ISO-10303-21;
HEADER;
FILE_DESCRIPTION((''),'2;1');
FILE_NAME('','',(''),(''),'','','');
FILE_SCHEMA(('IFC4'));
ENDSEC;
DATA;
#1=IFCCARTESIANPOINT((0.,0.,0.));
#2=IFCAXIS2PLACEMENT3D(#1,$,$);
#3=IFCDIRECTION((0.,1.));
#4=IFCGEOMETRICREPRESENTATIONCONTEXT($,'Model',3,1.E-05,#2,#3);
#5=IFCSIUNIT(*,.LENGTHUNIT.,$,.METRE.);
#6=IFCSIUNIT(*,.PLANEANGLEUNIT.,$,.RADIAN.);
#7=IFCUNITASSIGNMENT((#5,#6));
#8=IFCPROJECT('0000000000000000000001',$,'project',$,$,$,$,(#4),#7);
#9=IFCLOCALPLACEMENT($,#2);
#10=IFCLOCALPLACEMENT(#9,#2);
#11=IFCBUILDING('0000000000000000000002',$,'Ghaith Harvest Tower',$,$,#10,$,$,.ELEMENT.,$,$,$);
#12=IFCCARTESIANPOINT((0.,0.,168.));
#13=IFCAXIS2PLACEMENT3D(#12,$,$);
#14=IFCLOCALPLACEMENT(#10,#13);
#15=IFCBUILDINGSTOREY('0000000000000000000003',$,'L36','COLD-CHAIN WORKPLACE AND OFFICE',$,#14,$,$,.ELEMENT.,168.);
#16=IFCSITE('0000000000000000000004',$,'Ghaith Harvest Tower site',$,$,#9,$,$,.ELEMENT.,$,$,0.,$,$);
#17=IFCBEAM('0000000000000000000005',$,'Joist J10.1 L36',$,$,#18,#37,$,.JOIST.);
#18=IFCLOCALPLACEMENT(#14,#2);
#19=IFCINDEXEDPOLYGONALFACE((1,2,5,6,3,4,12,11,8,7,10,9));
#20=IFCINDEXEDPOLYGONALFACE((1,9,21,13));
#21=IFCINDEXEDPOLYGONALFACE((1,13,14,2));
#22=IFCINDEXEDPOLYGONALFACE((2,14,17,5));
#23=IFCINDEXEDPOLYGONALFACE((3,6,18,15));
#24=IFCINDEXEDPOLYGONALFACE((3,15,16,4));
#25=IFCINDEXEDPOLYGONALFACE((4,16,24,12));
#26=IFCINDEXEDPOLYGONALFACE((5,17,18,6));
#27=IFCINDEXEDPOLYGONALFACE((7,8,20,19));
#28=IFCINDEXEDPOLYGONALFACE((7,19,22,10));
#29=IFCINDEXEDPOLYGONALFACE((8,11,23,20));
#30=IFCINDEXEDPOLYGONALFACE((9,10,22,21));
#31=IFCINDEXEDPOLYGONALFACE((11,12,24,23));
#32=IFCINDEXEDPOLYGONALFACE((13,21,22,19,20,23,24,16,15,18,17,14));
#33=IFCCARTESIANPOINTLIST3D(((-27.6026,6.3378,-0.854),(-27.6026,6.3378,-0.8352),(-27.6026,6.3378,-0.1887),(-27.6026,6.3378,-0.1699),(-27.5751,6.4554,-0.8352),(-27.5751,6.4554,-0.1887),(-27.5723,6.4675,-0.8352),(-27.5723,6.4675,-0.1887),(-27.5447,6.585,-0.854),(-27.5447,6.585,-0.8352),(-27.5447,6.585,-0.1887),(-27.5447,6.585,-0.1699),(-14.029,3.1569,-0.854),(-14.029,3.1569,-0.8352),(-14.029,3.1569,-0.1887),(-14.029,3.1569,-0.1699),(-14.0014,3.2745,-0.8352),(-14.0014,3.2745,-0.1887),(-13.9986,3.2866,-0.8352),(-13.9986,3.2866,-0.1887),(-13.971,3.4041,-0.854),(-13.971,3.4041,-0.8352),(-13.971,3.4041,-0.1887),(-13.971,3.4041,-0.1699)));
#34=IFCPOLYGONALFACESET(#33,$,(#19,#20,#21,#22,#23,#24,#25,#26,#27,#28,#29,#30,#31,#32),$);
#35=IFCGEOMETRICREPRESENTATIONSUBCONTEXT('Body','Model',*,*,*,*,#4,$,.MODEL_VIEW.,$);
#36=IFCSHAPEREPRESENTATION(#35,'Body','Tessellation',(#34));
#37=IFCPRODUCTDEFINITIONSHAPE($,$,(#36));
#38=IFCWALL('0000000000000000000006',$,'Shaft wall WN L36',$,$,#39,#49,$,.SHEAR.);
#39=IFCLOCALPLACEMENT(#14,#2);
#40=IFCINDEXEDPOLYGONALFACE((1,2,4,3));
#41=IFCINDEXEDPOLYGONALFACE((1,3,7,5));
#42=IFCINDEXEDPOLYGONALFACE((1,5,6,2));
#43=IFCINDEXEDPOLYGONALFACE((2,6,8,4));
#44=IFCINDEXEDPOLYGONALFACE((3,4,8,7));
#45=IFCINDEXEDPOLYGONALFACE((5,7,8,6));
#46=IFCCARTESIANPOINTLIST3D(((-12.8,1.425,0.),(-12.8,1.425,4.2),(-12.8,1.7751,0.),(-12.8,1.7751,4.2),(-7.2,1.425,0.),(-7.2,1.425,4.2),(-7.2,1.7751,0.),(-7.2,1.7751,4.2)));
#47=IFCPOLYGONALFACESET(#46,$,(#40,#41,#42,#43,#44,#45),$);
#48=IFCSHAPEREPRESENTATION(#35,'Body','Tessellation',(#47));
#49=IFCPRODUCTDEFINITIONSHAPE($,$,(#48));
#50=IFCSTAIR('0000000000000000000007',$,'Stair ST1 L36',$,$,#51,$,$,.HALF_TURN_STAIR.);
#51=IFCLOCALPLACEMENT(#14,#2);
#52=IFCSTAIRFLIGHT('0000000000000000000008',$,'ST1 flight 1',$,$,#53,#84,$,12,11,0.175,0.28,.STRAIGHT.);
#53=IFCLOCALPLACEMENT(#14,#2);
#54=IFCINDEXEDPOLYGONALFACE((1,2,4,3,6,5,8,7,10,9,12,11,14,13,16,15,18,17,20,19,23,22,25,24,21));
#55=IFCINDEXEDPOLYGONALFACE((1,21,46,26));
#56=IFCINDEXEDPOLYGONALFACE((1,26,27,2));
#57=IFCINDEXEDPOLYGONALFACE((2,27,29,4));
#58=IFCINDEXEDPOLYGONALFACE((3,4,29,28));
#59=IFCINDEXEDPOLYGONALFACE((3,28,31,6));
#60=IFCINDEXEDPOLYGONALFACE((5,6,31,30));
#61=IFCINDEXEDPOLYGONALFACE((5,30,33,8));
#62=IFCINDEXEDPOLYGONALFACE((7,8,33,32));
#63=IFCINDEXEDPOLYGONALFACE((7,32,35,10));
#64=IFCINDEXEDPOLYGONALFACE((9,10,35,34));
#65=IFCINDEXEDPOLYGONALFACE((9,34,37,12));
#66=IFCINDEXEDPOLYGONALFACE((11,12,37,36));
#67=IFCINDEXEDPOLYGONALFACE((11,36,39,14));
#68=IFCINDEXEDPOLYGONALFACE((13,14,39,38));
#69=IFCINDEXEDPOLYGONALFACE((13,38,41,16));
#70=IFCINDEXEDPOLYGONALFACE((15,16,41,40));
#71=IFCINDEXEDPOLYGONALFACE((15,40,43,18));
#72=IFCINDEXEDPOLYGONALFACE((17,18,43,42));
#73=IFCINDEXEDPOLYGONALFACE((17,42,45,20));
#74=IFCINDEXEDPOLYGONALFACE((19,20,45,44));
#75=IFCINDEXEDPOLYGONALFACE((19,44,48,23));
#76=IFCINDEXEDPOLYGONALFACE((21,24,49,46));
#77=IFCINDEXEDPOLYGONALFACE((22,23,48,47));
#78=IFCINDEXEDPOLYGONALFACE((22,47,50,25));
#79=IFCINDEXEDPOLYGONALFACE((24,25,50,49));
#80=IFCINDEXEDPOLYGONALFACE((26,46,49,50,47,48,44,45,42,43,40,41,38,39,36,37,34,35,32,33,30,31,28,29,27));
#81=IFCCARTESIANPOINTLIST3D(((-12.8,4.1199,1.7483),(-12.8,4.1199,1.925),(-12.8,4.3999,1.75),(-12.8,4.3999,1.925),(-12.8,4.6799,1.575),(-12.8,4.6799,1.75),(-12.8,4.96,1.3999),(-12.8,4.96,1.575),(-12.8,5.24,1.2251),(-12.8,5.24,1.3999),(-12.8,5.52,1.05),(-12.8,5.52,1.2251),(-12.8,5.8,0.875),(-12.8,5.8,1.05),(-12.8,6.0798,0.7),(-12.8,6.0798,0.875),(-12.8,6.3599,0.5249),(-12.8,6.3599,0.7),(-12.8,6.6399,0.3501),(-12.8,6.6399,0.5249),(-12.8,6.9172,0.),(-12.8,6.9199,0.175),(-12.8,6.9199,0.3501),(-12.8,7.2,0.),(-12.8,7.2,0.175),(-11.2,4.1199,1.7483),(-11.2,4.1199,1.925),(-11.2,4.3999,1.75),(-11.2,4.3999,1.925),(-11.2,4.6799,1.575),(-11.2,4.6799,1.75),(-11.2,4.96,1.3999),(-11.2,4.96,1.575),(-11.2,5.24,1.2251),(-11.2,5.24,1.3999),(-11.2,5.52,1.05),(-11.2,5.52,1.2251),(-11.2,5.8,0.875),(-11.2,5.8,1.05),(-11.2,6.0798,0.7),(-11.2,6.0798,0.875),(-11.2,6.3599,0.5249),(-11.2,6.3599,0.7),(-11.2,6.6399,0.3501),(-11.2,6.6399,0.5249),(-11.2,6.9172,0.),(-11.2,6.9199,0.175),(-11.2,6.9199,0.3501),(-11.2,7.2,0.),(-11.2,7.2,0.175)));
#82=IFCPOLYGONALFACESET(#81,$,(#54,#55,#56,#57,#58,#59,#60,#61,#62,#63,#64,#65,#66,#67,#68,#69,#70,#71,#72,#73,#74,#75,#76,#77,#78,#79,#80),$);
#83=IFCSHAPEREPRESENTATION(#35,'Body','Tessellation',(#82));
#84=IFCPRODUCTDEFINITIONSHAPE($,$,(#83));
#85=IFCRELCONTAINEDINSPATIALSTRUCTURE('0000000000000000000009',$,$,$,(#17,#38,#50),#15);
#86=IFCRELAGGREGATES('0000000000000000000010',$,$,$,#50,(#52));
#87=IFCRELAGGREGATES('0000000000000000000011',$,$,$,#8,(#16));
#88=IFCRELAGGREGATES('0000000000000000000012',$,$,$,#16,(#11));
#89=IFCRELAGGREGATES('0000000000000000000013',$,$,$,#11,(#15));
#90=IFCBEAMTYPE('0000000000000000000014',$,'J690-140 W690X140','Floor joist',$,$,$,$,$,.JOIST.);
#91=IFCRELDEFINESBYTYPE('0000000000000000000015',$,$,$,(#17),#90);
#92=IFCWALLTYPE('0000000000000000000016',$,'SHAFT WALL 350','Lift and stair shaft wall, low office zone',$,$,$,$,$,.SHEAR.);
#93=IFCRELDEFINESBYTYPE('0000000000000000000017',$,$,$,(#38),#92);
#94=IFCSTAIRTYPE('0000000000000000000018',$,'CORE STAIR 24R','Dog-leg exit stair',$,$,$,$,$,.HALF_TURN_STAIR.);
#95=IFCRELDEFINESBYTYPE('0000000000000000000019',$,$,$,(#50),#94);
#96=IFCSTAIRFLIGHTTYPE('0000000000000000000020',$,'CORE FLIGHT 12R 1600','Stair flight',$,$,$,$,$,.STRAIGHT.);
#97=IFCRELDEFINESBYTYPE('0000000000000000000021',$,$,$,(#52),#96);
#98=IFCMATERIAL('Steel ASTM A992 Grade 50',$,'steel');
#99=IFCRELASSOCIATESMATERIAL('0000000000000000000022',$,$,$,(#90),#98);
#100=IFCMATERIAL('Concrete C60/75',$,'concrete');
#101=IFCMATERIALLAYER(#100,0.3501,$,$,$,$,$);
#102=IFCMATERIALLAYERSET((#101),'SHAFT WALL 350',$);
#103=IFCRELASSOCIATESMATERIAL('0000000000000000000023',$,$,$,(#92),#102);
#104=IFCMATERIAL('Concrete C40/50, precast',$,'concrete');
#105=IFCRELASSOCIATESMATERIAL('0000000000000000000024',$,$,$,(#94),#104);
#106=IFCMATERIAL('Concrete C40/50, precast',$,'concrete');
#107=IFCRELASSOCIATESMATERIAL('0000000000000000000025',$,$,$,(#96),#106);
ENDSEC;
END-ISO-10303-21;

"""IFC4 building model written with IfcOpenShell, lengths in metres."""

from ifc_helpers import new_model, si_unit, direction, frame, frame_2d, origin, origin_2d, place, context, subcontext, project, spatial, polyline, rectangle, i_section, outline, extrude, material, layer, layer_set, material_profile, profile_set, type_object, element, aggregate, save


model = new_model("IFC4")

# Units and contexts
model_context = context("Model", 3, precision=1e-05, world=origin(), true_north=direction((0.0, 1.0)))
body_context = subcontext(model_context, "Body", "Model", "MODEL_VIEW")
ifc_project = project(units=[si_unit("LENGTHUNIT", "METRE"), si_unit("PLANEANGLEUNIT", "RADIAN")], contexts=[model_context])

# Site, building, storey
site_placement = place(None, origin())
site = spatial("IfcSite", under=ifc_project, at=site_placement, Name="Ghaith Harvest Tower site", CompositionType="ELEMENT", RefElevation=0.0)
building_placement = place(site_placement, origin())
building = spatial("IfcBuilding", under=site, at=building_placement, Name="Ghaith Harvest Tower", CompositionType="ELEMENT")
storey_placement = place(building_placement, frame((0.0, 0.0, 168.0)))
storey = spatial("IfcBuildingStorey", under=building, at=storey_placement, Name="L36", Description="COLD-CHAIN WORKPLACE AND OFFICE", CompositionType="ELEMENT", Elevation=168.0)

# Beam
ifc_material_1 = material(Name="Steel ASTM A992 Grade 50", Category="steel")
ifc_material_profile_1 = material_profile(ifc_material_1, i_section(OverallWidth=0.2539, OverallDepth=0.6841, WebThickness=0.0125, FlangeThickness=0.0188, at=origin_2d()), Name="W690X140")
ifc_profile_set_1 = profile_set([ifc_material_profile_1], Name="Steel ASTM A992 Grade 50")
beam_type_1 = type_object("IfcBeamType", Name="J690-140 W690X140", Description="Floor joist", PredefinedType="JOIST", material=ifc_profile_set_1)
beam_1_placement = place(storey_placement, frame((-14.0, 3.2805, -0.512), z_axis=(-0.973623, 0.228162, 0.0), x_axis=(-0.228162, -0.973623, 0.0)))
element("IfcBeam", 1, at=beam_1_placement, inside=storey, type_object=beam_type_1, Name="Joist J10.1 L36", PredefinedType="JOIST", context=body_context, shape_type="SweptSolid", body=[
    extrude(i_section(OverallWidth=0.2539, OverallDepth=0.6841, WebThickness=0.0125, FlangeThickness=0.0188, at=origin_2d()), origin(), (0.0, 0.0, 1.0), 13.9414),
])

# Wall
ifc_material_2 = material(Name="Concrete C60/75", Category="concrete")
ifc_layer_1 = layer(ifc_material_2, 0.3501)
ifc_layer_set_1 = layer_set([ifc_layer_1], Name="SHAFT WALL 350")
wall_type_1 = type_object("IfcWallType", Name="SHAFT WALL 350", Description="Lift and stair shaft wall, low office zone", PredefinedType="SHEAR", material=ifc_layer_set_1)
wall_1_placement = place(storey_placement, frame((-12.8, 1.6001, 0.0), z_axis=(0.0, 0.0, 1.0), x_axis=(1.0, 0.0, 0.0)))
element("IfcWall", 2, at=wall_1_placement, inside=storey, type_object=wall_type_1, Name="Shaft wall WN L36", PredefinedType="SHEAR", context=body_context, shape_type="SweptSolid", body=[
    extrude(rectangle(XDim=5.6001, YDim=0.3501, at=frame_2d((2.8, 0.0))), origin(), (0.0, 0.0, 1.0), 4.2),
])

# Stair, stair flight
ifc_material_3 = material(Name="Concrete C40/50, precast", Category="concrete")
stair_type = type_object("IfcStairType", Name="CORE STAIR 24R", Description="Dog-leg exit stair", PredefinedType="HALF_TURN_STAIR", material=ifc_material_3)
stair_placement = place(storey_placement, origin())
stair = element("IfcStair", 3, at=stair_placement, inside=storey, type_object=stair_type, Name="Stair ST1 L36", PredefinedType="HALF_TURN_STAIR")
ifc_material_4 = material(Name="Concrete C40/50, precast", Category="concrete")
stair_flight_type = type_object("IfcStairFlightType", Name="CORE FLIGHT 12R 1600", Description="Stair flight", PredefinedType="STRAIGHT", material=ifc_material_4)
stair_flight_placement = place(storey_placement, frame((-12.0, 7.2, 0.0), z_axis=(0.0, 0.0, 1.0), x_axis=(0.0, -1.0, 0.0)))
stair_flight = element("IfcStairFlight", 4, at=stair_flight_placement, type_object=stair_flight_type, Name="ST1 flight 1", NumberOfRisers=12, NumberOfTreads=11, PredefinedType="STRAIGHT", RiserHeight=0.175, TreadLength=0.28, context=body_context, shape_type="SweptSolid", body=[
    extrude(outline(polyline([(0.0, 0.0), (0.0, 0.175), (0.28, 0.175), (0.28, 0.3501), (0.5601, 0.3501), (0.5601, 0.5249), (0.8401, 0.5249), (0.8401, 0.7), (1.1201, 0.7), (1.1201, 0.875), (1.3999, 0.875), (1.3999, 1.05), (1.6799, 1.05), (1.6799, 1.2251), (1.96, 1.2251), (1.96, 1.3999), (2.24, 1.3999), (2.24, 1.575), (2.52, 1.575), (2.52, 1.75), (2.8, 1.75), (2.8, 1.925), (3.0801, 1.925), (3.0801, 2.1001), (3.0801, 1.7483), (0.2827, 0.0), (0.0, 0.0)])), frame((0.0, 0.8, 0.0), z_axis=(0.0, -1.0, 0.0), x_axis=(1.0, 0.0, 0.0)), (0.0, 0.0, 1.0), 1.6001),
])
aggregate(stair, [stair_flight])

save(model, "model.ifc")
